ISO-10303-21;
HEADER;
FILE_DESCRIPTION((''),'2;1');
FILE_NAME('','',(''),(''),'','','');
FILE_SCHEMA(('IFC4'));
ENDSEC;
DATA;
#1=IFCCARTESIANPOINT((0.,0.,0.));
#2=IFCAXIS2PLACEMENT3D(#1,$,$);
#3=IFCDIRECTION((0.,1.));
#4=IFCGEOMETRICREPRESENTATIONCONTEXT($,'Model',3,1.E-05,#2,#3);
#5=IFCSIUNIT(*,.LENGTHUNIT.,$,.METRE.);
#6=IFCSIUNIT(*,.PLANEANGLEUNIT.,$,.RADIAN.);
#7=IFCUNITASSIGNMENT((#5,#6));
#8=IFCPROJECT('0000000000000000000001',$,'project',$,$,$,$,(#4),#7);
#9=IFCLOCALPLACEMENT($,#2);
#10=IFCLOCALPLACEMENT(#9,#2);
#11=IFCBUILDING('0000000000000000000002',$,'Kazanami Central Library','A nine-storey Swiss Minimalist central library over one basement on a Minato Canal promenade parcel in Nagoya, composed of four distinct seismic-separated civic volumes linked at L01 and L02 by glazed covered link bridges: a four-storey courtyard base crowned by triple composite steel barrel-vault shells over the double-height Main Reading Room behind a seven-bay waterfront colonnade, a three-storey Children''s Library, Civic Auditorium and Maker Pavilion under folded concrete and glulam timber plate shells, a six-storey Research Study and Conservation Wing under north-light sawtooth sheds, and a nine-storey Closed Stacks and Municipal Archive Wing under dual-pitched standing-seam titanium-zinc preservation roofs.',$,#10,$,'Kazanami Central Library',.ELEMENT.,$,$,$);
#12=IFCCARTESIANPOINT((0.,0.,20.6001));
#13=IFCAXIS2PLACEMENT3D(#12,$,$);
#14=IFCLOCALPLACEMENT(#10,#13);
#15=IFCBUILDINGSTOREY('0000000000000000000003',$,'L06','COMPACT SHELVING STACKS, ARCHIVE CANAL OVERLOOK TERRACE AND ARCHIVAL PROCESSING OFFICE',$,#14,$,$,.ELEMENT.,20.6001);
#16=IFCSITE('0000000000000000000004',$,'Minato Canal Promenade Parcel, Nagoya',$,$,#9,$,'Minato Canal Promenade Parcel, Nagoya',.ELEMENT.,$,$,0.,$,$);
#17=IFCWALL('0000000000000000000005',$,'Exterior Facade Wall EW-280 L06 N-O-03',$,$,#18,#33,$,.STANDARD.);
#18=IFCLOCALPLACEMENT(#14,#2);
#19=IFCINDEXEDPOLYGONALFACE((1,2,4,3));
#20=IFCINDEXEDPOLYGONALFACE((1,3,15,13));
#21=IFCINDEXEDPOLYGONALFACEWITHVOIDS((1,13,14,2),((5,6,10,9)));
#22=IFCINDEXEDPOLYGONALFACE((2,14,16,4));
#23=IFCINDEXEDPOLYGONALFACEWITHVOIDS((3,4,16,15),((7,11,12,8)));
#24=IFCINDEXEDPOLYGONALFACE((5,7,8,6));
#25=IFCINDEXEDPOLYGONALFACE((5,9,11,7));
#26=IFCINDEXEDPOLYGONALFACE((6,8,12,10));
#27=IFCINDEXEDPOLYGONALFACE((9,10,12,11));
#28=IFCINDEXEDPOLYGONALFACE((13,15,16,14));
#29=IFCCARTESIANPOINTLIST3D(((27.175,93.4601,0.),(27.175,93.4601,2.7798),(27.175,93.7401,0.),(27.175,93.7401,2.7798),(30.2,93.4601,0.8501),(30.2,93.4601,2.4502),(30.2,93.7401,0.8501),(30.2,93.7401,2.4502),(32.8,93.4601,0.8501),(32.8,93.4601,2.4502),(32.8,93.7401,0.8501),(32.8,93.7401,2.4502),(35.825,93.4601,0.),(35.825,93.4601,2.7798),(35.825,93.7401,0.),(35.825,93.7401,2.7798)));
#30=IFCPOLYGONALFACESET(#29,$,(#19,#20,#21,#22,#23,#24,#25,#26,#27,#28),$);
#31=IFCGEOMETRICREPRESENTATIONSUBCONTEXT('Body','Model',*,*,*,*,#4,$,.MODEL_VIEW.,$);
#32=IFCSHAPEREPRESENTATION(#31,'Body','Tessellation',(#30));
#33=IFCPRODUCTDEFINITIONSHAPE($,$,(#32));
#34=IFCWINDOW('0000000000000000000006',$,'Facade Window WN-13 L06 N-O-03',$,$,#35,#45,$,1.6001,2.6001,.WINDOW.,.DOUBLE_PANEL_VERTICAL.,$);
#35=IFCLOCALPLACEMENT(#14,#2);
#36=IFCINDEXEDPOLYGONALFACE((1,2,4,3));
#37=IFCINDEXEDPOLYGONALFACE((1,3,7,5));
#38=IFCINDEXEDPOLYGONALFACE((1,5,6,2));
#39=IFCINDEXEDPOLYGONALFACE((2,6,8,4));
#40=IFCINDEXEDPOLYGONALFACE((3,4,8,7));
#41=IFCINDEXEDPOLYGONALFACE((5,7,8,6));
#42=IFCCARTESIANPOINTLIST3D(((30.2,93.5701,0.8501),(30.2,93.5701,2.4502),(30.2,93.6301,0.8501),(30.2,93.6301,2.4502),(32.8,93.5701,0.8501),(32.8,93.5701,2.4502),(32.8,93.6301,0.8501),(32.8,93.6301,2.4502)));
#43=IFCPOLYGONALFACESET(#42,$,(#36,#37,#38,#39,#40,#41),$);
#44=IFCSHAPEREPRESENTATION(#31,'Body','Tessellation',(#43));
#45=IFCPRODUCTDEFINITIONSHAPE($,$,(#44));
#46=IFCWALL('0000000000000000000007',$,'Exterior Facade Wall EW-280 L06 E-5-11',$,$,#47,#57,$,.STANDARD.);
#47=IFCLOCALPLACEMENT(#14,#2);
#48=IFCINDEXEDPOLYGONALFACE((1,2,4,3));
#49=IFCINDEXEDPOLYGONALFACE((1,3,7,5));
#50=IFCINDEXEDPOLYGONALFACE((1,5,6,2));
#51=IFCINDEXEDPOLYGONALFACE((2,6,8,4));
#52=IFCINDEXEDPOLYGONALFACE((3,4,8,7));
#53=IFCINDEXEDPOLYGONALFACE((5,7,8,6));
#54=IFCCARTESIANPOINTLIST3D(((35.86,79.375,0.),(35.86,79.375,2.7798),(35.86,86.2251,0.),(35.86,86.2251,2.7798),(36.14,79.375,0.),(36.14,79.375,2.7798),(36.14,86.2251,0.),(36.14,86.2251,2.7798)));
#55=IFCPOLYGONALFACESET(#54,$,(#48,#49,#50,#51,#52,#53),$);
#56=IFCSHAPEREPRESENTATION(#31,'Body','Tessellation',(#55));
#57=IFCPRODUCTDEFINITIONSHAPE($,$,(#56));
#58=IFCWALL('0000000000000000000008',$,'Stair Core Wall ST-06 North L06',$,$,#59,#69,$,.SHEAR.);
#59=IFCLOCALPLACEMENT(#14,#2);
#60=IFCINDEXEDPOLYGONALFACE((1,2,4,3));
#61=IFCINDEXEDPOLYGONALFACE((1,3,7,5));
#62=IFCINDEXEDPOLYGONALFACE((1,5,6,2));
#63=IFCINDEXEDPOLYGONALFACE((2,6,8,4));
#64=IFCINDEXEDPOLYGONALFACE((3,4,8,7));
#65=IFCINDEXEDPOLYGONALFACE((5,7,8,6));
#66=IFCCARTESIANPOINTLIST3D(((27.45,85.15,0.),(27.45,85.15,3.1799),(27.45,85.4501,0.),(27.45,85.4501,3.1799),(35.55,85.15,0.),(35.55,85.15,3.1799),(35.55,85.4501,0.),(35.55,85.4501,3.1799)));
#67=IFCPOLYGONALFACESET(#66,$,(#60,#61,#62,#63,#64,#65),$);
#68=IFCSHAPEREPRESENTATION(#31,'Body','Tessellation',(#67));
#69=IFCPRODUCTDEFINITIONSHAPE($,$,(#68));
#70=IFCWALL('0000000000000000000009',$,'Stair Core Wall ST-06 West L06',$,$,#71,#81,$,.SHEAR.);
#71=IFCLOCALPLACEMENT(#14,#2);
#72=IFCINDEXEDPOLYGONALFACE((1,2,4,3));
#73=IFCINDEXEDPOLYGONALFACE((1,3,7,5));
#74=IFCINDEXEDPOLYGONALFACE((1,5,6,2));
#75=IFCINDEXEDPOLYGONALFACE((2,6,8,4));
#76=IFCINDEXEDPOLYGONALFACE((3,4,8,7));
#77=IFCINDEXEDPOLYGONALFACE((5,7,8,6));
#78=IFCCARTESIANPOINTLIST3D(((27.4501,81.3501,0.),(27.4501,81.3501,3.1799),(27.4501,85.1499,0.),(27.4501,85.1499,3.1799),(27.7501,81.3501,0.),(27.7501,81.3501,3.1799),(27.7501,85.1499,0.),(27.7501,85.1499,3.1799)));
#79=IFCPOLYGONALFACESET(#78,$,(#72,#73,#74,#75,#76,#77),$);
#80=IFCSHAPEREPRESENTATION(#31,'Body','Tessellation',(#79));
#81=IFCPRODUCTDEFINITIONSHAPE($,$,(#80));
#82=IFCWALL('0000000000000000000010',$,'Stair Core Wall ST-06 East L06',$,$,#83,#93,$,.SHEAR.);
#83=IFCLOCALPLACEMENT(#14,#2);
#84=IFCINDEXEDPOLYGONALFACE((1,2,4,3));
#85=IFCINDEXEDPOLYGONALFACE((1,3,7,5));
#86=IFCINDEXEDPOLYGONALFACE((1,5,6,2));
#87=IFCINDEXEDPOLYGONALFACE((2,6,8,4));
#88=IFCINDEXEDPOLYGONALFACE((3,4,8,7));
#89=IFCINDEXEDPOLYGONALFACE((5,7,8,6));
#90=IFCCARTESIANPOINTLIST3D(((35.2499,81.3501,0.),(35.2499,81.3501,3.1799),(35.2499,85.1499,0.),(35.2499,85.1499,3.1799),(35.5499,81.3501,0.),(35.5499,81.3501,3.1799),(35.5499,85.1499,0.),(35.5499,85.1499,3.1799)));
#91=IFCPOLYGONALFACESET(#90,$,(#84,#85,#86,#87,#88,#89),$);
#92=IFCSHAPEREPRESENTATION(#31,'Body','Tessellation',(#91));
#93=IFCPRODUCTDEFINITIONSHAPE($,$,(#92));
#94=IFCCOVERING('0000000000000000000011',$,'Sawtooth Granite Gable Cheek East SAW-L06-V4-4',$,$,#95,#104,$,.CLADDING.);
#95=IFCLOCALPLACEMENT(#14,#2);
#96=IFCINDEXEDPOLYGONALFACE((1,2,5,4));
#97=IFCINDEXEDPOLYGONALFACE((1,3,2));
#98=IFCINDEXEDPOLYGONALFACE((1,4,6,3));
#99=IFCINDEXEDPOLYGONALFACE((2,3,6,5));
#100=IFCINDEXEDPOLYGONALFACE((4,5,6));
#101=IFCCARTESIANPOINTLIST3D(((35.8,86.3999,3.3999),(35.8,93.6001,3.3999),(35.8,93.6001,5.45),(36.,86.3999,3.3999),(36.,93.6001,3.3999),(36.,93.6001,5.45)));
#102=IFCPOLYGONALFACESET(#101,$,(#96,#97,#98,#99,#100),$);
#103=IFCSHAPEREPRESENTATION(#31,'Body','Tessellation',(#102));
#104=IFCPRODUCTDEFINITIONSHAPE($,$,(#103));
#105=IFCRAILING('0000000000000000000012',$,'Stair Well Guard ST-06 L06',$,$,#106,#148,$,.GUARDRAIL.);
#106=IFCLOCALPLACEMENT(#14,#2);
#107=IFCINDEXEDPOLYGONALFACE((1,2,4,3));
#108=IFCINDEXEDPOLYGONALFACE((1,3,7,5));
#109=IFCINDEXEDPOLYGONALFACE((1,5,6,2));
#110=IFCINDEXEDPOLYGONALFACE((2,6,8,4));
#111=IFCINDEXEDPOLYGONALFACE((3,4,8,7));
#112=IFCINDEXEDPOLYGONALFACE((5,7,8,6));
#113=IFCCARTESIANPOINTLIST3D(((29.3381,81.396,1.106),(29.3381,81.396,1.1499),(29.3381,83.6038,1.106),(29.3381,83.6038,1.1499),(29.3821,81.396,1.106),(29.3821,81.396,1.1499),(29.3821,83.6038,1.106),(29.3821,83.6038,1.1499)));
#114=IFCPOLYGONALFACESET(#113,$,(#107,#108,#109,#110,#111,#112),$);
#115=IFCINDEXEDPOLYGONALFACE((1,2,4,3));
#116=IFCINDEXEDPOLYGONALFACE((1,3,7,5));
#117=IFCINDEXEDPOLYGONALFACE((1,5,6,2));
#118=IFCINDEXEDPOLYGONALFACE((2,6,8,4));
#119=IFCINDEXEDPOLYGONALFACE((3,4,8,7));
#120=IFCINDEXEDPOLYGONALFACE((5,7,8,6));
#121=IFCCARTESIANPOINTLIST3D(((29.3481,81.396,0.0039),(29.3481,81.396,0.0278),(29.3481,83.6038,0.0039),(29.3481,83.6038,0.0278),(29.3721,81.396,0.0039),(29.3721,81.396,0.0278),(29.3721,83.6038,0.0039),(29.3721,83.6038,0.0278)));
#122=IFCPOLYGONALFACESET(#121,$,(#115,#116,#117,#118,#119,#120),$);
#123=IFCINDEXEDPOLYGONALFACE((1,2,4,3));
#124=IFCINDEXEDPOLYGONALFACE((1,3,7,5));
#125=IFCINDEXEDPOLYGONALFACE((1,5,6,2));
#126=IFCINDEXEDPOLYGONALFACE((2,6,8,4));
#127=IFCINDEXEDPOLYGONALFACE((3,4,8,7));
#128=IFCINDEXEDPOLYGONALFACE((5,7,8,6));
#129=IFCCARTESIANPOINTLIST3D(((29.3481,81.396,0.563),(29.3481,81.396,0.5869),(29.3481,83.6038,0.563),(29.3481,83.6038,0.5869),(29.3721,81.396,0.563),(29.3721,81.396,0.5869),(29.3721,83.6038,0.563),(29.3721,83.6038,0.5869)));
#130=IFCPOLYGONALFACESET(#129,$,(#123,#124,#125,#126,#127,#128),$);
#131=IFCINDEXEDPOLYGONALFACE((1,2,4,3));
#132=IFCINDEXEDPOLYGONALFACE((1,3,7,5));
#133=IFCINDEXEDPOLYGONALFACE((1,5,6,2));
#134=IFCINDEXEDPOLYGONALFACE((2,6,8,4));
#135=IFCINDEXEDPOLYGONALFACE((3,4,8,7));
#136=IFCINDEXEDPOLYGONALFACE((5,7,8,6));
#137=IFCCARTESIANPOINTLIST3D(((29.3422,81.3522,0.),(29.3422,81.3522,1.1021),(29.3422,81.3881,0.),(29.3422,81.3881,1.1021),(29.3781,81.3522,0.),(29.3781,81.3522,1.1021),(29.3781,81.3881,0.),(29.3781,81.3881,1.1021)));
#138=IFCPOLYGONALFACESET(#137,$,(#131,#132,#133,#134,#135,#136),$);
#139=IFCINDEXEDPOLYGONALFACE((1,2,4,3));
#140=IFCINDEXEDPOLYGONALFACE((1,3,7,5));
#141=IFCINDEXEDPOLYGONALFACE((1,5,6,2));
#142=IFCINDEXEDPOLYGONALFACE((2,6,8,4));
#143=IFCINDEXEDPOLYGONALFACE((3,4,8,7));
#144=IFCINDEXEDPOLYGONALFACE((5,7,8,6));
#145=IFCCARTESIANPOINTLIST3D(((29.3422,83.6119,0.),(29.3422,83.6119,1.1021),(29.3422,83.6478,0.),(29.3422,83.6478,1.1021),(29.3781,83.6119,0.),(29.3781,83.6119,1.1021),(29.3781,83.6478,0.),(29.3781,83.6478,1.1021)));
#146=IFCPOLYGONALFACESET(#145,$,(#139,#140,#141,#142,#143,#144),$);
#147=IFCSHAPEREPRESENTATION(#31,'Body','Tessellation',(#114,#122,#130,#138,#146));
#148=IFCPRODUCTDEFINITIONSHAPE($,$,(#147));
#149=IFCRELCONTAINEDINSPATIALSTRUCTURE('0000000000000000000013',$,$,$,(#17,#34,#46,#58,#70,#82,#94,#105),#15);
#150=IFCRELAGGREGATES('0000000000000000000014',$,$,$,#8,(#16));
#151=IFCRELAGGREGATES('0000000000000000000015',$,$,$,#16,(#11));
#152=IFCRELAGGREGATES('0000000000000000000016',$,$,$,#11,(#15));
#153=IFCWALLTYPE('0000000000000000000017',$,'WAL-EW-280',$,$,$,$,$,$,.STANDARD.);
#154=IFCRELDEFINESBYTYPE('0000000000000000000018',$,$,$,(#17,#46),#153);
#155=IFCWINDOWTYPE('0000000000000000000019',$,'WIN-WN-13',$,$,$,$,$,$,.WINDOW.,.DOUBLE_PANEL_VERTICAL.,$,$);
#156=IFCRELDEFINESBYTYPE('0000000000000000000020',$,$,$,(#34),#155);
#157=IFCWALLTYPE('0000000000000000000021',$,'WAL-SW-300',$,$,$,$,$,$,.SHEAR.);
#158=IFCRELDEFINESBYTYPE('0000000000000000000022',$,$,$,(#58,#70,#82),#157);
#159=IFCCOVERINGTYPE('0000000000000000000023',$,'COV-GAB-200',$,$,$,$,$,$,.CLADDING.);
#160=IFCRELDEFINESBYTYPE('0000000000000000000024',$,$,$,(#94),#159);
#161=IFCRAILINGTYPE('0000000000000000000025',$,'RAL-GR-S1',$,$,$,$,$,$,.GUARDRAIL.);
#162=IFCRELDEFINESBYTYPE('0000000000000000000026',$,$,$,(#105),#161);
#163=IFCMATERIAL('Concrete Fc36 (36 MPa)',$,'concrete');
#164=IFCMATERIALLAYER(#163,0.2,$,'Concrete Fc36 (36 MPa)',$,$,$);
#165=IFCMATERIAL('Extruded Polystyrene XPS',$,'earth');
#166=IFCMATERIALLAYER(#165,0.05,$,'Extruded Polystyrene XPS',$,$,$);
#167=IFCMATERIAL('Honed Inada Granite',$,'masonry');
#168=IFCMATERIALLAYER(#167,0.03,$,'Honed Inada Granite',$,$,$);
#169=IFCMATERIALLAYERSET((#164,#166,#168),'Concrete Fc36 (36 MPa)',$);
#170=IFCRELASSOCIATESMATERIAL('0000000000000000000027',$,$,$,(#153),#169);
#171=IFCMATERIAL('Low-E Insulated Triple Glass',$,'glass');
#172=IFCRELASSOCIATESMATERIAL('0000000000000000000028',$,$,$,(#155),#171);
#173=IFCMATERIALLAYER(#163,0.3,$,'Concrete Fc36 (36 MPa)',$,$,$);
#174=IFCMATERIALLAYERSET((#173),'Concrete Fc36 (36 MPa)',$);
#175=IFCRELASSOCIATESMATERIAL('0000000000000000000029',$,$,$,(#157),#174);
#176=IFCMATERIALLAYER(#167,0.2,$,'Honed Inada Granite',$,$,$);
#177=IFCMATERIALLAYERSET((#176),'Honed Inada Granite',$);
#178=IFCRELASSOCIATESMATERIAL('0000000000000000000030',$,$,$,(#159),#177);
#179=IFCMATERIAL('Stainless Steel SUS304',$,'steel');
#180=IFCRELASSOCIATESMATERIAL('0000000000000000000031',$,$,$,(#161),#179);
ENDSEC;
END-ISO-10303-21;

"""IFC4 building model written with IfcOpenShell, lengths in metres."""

from ifc_helpers import new_model, si_unit, direction, frame, frame_2d, origin, origin_2d, place, context, subcontext, project, spatial, polyline, rectangle, outline, extrude, material, layer, layer_set, type_object, element, fill, save


model = new_model("IFC4")

# Units and contexts
model_context = context("Model", 3, precision=1e-05, world=origin(), true_north=direction((0.0, 1.0)))
body_context = subcontext(model_context, "Body", "Model", "MODEL_VIEW")
ifc_project = project(units=[si_unit("LENGTHUNIT", "METRE"), si_unit("PLANEANGLEUNIT", "RADIAN")], contexts=[model_context])

# Site, building, storey
site_placement = place(None, origin())
site = spatial("IfcSite", under=ifc_project, at=site_placement, Name="Minato Canal Promenade Parcel, Nagoya", LongName="Minato Canal Promenade Parcel, Nagoya", CompositionType="ELEMENT", RefElevation=0.0)
building_placement = place(site_placement, origin())
building = spatial("IfcBuilding", under=site, at=building_placement, Name="Kazanami Central Library", Description="A nine-storey Swiss Minimalist central library over one basement on a Minato Canal promenade parcel in Nagoya, composed of four distinct seismic-separated civic volumes linked at L01 and L02 by glazed covered link bridges: a four-storey courtyard base crowned by triple composite steel barrel-vault shells over the double-height Main Reading Room behind a seven-bay waterfront colonnade, a three-storey Children's Library, Civic Auditorium and Maker Pavilion under folded concrete and glulam timber plate shells, a six-storey Research Study and Conservation Wing under north-light sawtooth sheds, and a nine-storey Closed Stacks and Municipal Archive Wing under dual-pitched standing-seam titanium-zinc preservation roofs.", LongName="Kazanami Central Library", CompositionType="ELEMENT")
storey_placement = place(building_placement, frame((0.0, 0.0, 20.6001)))
storey = spatial("IfcBuildingStorey", under=building, at=storey_placement, Name="L06", Description="COMPACT SHELVING STACKS, ARCHIVE CANAL OVERLOOK TERRACE AND ARCHIVAL PROCESSING OFFICE", CompositionType="ELEMENT", Elevation=20.6001)

# Shared definitions
ifc_material_1 = material(Name="Low-E Insulated Triple Glass", Category="glass")

# Wall, opening, window
ifc_material_2 = material(Name="Concrete Fc36 (36 MPa)", Category="concrete")
ifc_material_3 = material(Name="Extruded Polystyrene XPS", Category="earth")
ifc_material_4 = material(Name="Honed Inada Granite", Category="masonry")
ifc_layer_1 = layer(ifc_material_2, 0.2, Name="Concrete Fc36 (36 MPa)")
ifc_layer_2 = layer(ifc_material_3, 0.05, Name="Extruded Polystyrene XPS")
ifc_layer_3 = layer(ifc_material_4, 0.03, Name="Honed Inada Granite")
ifc_layer_set_1 = layer_set([ifc_layer_1, ifc_layer_2, ifc_layer_3], Name="Concrete Fc36 (36 MPa)")
wall_type_1 = type_object("IfcWallType", Name="WAL-EW-280", PredefinedType="STANDARD", material=ifc_layer_set_1)
wall_1_placement = place(storey_placement, frame((35.825, 93.6001, 0.0), z_axis=(0.0, 0.0, 1.0), x_axis=(-1.0, 0.0, 0.0)))
wall_1 = element("IfcWall", 1, at=wall_1_placement, inside=storey, type_object=wall_type_1, Name="Exterior Facade Wall EW-280 L06 N-O-03", PredefinedType="STANDARD", context=body_context, shape_type="SweptSolid", body=[
    extrude(rectangle(XDim=8.6499, YDim=0.28, at=frame_2d((4.325, 0.0))), origin(), (0.0, 0.0, 1.0), 2.7798),
])
opening_1_placement = place(wall_1_placement, frame((3.0249, 0.0, 0.8501)))
opening_1 = element("IfcOpeningElement", 2, at=opening_1_placement, cuts=wall_1, PredefinedType="OPENING", context=body_context, shape_type="SweptSolid", body=[
    extrude(rectangle(XDim=2.6001, YDim=1.6001, at=frame_2d((1.3, 0.8))), frame((0.0, 0.1519, 0.0), z_axis=(0.0, -1.0, 0.0), x_axis=(1.0, 0.0, 0.0)), (0.0, 0.0, 1.0), 0.304),
])
window_type_1 = type_object("IfcWindowType", Name="WIN-WN-13", PartitioningType="DOUBLE_PANEL_VERTICAL", PredefinedType="WINDOW", material=ifc_material_1)
window_1_placement = place(opening_1_placement, origin())
window_1 = element("IfcWindow", 3, at=window_1_placement, inside=storey, type_object=window_type_1, Name="Facade Window WN-13 L06 N-O-03", OverallHeight=1.6001, OverallWidth=2.6001, PartitioningType="DOUBLE_PANEL_VERTICAL", PredefinedType="WINDOW", context=body_context, shape_type="SweptSolid", body=[
    extrude(rectangle(XDim=2.6001, YDim=1.6001, at=frame_2d((1.3, 0.8))), frame((0.0, 0.03, 0.0), z_axis=(0.0, -1.0, 0.0), x_axis=(1.0, 0.0, 0.0)), (0.0, 0.0, 1.0), 0.0601),
])
fill(opening_1, window_1)

# Walls
wall_2_placement = place(storey_placement, frame((36.0, 86.2251, 0.0), z_axis=(0.0, 0.0, 1.0), x_axis=(0.0, -1.0, 0.0)))
element("IfcWall", 4, at=wall_2_placement, inside=storey, type_object=wall_type_1, Name="Exterior Facade Wall EW-280 L06 E-5-11", PredefinedType="STANDARD", context=body_context, shape_type="SweptSolid", body=[
    extrude(rectangle(XDim=6.8501, YDim=0.28, at=frame_2d((3.425, 0.0))), origin(), (0.0, 0.0, 1.0), 2.7798),
])
ifc_layer_4 = layer(ifc_material_2, 0.3, Name="Concrete Fc36 (36 MPa)")
ifc_layer_set_2 = layer_set([ifc_layer_4], Name="Concrete Fc36 (36 MPa)")
wall_type_2 = type_object("IfcWallType", Name="WAL-SW-300", PredefinedType="SHEAR", material=ifc_layer_set_2)
wall_3_placement = place(storey_placement, frame((27.45, 85.3, 0.0), z_axis=(0.0, 0.0, 1.0), x_axis=(1.0, 0.0, 0.0)))
element("IfcWall", 5, at=wall_3_placement, inside=storey, type_object=wall_type_2, Name="Stair Core Wall ST-06 North L06", PredefinedType="SHEAR", context=body_context, shape_type="SweptSolid", body=[
    extrude(rectangle(XDim=8.1001, YDim=0.3, at=frame_2d((4.05, 0.0))), origin(), (0.0, 0.0, 1.0), 3.1799),
])
for number, where, z_axis, x_axis, name in (
    (6, (27.6001, 81.3501, 0.0), (0.0, 0.0, 1.0), (0.0, 1.0, 0.0), "Stair Core Wall ST-06 West L06"),
    (7, (35.3999, 81.3501, 0.0), (0.0, 0.0, 1.0), (0.0, 1.0, 0.0), "Stair Core Wall ST-06 East L06"),
):
    element("IfcWall", number, at=place(storey_placement, frame(where, z_axis=z_axis, x_axis=x_axis)), inside=storey, type_object=wall_type_2, Name=name, PredefinedType="SHEAR", context=body_context, shape_type="SweptSolid", body=[
        extrude(rectangle(XDim=3.7998, YDim=0.3, at=frame_2d((1.8999, 0.0))), origin(), (0.0, 0.0, 1.0), 3.1799),
    ])

# Covering
ifc_layer_5 = layer(ifc_material_4, 0.2, Name="Honed Inada Granite")
ifc_layer_set_3 = layer_set([ifc_layer_5], Name="Honed Inada Granite")
covering_type = type_object("IfcCoveringType", Name="COV-GAB-200", PredefinedType="CLADDING", material=ifc_layer_set_3)
covering_placement = place(storey_placement, frame((36.0, 86.3999, 3.3999), z_axis=(1.0, 0.0, 0.0), x_axis=(0.0, 1.0, 0.0)))
element("IfcCovering", 8, at=covering_placement, inside=storey, type_object=covering_type, Name="Sawtooth Granite Gable Cheek East SAW-L06-V4-4", PredefinedType="CLADDING", context=body_context, shape_type="SweptSolid", body=[
    extrude(outline(polyline([(0.0, 0.0), (7.2002, 0.0), (7.2002, 2.05), (0.0, 0.0)])), origin(), (0.0, 0.0, -1.0), 0.2),
])

# Railing
ifc_material_5 = material(Name="Stainless Steel SUS304", Category="steel")
railing_type = type_object("IfcRailingType", Name="RAL-GR-S1", PredefinedType="GUARDRAIL", material=ifc_material_5)
railing_placement = place(storey_placement, frame((29.3601, 81.3701, 0.0)))
element("IfcRailing", 9, at=railing_placement, inside=storey, type_object=railing_type, Name="Stair Well Guard ST-06 L06", PredefinedType="GUARDRAIL", context=body_context, shape_type="SweptSolid", body=[
    extrude(rectangle(XDim=0.0439, YDim=0.0439, at=origin_2d()), frame((0.0, 0.0259, 1.1279), z_axis=(0.0, 1.0, 0.0), x_axis=(-1.0, 0.0, 0.0)), (0.0, 0.0, 1.0), 2.2078),
    extrude(rectangle(XDim=0.0239, YDim=0.0239, at=origin_2d()), frame((0.0, 0.0259, 0.0159), z_axis=(0.0, 1.0, 0.0), x_axis=(-1.0, 0.0, 0.0)), (0.0, 0.0, 1.0), 2.2078),
    extrude(rectangle(XDim=0.0239, YDim=0.0239, at=origin_2d()), frame((0.0, 0.0259, 0.575), z_axis=(0.0, 1.0, 0.0), x_axis=(-1.0, 0.0, 0.0)), (0.0, 0.0, 1.0), 2.2078),
    extrude(rectangle(XDim=0.0359, YDim=0.0359, at=origin_2d()), origin(), (0.0, 0.0, 1.0), 1.1021),
    extrude(rectangle(XDim=0.0359, YDim=0.0359, at=origin_2d()), frame((0.0, 2.2598, 0.0)), (0.0, 0.0, 1.0), 1.1021),
])

save(model, "model.ifc")
